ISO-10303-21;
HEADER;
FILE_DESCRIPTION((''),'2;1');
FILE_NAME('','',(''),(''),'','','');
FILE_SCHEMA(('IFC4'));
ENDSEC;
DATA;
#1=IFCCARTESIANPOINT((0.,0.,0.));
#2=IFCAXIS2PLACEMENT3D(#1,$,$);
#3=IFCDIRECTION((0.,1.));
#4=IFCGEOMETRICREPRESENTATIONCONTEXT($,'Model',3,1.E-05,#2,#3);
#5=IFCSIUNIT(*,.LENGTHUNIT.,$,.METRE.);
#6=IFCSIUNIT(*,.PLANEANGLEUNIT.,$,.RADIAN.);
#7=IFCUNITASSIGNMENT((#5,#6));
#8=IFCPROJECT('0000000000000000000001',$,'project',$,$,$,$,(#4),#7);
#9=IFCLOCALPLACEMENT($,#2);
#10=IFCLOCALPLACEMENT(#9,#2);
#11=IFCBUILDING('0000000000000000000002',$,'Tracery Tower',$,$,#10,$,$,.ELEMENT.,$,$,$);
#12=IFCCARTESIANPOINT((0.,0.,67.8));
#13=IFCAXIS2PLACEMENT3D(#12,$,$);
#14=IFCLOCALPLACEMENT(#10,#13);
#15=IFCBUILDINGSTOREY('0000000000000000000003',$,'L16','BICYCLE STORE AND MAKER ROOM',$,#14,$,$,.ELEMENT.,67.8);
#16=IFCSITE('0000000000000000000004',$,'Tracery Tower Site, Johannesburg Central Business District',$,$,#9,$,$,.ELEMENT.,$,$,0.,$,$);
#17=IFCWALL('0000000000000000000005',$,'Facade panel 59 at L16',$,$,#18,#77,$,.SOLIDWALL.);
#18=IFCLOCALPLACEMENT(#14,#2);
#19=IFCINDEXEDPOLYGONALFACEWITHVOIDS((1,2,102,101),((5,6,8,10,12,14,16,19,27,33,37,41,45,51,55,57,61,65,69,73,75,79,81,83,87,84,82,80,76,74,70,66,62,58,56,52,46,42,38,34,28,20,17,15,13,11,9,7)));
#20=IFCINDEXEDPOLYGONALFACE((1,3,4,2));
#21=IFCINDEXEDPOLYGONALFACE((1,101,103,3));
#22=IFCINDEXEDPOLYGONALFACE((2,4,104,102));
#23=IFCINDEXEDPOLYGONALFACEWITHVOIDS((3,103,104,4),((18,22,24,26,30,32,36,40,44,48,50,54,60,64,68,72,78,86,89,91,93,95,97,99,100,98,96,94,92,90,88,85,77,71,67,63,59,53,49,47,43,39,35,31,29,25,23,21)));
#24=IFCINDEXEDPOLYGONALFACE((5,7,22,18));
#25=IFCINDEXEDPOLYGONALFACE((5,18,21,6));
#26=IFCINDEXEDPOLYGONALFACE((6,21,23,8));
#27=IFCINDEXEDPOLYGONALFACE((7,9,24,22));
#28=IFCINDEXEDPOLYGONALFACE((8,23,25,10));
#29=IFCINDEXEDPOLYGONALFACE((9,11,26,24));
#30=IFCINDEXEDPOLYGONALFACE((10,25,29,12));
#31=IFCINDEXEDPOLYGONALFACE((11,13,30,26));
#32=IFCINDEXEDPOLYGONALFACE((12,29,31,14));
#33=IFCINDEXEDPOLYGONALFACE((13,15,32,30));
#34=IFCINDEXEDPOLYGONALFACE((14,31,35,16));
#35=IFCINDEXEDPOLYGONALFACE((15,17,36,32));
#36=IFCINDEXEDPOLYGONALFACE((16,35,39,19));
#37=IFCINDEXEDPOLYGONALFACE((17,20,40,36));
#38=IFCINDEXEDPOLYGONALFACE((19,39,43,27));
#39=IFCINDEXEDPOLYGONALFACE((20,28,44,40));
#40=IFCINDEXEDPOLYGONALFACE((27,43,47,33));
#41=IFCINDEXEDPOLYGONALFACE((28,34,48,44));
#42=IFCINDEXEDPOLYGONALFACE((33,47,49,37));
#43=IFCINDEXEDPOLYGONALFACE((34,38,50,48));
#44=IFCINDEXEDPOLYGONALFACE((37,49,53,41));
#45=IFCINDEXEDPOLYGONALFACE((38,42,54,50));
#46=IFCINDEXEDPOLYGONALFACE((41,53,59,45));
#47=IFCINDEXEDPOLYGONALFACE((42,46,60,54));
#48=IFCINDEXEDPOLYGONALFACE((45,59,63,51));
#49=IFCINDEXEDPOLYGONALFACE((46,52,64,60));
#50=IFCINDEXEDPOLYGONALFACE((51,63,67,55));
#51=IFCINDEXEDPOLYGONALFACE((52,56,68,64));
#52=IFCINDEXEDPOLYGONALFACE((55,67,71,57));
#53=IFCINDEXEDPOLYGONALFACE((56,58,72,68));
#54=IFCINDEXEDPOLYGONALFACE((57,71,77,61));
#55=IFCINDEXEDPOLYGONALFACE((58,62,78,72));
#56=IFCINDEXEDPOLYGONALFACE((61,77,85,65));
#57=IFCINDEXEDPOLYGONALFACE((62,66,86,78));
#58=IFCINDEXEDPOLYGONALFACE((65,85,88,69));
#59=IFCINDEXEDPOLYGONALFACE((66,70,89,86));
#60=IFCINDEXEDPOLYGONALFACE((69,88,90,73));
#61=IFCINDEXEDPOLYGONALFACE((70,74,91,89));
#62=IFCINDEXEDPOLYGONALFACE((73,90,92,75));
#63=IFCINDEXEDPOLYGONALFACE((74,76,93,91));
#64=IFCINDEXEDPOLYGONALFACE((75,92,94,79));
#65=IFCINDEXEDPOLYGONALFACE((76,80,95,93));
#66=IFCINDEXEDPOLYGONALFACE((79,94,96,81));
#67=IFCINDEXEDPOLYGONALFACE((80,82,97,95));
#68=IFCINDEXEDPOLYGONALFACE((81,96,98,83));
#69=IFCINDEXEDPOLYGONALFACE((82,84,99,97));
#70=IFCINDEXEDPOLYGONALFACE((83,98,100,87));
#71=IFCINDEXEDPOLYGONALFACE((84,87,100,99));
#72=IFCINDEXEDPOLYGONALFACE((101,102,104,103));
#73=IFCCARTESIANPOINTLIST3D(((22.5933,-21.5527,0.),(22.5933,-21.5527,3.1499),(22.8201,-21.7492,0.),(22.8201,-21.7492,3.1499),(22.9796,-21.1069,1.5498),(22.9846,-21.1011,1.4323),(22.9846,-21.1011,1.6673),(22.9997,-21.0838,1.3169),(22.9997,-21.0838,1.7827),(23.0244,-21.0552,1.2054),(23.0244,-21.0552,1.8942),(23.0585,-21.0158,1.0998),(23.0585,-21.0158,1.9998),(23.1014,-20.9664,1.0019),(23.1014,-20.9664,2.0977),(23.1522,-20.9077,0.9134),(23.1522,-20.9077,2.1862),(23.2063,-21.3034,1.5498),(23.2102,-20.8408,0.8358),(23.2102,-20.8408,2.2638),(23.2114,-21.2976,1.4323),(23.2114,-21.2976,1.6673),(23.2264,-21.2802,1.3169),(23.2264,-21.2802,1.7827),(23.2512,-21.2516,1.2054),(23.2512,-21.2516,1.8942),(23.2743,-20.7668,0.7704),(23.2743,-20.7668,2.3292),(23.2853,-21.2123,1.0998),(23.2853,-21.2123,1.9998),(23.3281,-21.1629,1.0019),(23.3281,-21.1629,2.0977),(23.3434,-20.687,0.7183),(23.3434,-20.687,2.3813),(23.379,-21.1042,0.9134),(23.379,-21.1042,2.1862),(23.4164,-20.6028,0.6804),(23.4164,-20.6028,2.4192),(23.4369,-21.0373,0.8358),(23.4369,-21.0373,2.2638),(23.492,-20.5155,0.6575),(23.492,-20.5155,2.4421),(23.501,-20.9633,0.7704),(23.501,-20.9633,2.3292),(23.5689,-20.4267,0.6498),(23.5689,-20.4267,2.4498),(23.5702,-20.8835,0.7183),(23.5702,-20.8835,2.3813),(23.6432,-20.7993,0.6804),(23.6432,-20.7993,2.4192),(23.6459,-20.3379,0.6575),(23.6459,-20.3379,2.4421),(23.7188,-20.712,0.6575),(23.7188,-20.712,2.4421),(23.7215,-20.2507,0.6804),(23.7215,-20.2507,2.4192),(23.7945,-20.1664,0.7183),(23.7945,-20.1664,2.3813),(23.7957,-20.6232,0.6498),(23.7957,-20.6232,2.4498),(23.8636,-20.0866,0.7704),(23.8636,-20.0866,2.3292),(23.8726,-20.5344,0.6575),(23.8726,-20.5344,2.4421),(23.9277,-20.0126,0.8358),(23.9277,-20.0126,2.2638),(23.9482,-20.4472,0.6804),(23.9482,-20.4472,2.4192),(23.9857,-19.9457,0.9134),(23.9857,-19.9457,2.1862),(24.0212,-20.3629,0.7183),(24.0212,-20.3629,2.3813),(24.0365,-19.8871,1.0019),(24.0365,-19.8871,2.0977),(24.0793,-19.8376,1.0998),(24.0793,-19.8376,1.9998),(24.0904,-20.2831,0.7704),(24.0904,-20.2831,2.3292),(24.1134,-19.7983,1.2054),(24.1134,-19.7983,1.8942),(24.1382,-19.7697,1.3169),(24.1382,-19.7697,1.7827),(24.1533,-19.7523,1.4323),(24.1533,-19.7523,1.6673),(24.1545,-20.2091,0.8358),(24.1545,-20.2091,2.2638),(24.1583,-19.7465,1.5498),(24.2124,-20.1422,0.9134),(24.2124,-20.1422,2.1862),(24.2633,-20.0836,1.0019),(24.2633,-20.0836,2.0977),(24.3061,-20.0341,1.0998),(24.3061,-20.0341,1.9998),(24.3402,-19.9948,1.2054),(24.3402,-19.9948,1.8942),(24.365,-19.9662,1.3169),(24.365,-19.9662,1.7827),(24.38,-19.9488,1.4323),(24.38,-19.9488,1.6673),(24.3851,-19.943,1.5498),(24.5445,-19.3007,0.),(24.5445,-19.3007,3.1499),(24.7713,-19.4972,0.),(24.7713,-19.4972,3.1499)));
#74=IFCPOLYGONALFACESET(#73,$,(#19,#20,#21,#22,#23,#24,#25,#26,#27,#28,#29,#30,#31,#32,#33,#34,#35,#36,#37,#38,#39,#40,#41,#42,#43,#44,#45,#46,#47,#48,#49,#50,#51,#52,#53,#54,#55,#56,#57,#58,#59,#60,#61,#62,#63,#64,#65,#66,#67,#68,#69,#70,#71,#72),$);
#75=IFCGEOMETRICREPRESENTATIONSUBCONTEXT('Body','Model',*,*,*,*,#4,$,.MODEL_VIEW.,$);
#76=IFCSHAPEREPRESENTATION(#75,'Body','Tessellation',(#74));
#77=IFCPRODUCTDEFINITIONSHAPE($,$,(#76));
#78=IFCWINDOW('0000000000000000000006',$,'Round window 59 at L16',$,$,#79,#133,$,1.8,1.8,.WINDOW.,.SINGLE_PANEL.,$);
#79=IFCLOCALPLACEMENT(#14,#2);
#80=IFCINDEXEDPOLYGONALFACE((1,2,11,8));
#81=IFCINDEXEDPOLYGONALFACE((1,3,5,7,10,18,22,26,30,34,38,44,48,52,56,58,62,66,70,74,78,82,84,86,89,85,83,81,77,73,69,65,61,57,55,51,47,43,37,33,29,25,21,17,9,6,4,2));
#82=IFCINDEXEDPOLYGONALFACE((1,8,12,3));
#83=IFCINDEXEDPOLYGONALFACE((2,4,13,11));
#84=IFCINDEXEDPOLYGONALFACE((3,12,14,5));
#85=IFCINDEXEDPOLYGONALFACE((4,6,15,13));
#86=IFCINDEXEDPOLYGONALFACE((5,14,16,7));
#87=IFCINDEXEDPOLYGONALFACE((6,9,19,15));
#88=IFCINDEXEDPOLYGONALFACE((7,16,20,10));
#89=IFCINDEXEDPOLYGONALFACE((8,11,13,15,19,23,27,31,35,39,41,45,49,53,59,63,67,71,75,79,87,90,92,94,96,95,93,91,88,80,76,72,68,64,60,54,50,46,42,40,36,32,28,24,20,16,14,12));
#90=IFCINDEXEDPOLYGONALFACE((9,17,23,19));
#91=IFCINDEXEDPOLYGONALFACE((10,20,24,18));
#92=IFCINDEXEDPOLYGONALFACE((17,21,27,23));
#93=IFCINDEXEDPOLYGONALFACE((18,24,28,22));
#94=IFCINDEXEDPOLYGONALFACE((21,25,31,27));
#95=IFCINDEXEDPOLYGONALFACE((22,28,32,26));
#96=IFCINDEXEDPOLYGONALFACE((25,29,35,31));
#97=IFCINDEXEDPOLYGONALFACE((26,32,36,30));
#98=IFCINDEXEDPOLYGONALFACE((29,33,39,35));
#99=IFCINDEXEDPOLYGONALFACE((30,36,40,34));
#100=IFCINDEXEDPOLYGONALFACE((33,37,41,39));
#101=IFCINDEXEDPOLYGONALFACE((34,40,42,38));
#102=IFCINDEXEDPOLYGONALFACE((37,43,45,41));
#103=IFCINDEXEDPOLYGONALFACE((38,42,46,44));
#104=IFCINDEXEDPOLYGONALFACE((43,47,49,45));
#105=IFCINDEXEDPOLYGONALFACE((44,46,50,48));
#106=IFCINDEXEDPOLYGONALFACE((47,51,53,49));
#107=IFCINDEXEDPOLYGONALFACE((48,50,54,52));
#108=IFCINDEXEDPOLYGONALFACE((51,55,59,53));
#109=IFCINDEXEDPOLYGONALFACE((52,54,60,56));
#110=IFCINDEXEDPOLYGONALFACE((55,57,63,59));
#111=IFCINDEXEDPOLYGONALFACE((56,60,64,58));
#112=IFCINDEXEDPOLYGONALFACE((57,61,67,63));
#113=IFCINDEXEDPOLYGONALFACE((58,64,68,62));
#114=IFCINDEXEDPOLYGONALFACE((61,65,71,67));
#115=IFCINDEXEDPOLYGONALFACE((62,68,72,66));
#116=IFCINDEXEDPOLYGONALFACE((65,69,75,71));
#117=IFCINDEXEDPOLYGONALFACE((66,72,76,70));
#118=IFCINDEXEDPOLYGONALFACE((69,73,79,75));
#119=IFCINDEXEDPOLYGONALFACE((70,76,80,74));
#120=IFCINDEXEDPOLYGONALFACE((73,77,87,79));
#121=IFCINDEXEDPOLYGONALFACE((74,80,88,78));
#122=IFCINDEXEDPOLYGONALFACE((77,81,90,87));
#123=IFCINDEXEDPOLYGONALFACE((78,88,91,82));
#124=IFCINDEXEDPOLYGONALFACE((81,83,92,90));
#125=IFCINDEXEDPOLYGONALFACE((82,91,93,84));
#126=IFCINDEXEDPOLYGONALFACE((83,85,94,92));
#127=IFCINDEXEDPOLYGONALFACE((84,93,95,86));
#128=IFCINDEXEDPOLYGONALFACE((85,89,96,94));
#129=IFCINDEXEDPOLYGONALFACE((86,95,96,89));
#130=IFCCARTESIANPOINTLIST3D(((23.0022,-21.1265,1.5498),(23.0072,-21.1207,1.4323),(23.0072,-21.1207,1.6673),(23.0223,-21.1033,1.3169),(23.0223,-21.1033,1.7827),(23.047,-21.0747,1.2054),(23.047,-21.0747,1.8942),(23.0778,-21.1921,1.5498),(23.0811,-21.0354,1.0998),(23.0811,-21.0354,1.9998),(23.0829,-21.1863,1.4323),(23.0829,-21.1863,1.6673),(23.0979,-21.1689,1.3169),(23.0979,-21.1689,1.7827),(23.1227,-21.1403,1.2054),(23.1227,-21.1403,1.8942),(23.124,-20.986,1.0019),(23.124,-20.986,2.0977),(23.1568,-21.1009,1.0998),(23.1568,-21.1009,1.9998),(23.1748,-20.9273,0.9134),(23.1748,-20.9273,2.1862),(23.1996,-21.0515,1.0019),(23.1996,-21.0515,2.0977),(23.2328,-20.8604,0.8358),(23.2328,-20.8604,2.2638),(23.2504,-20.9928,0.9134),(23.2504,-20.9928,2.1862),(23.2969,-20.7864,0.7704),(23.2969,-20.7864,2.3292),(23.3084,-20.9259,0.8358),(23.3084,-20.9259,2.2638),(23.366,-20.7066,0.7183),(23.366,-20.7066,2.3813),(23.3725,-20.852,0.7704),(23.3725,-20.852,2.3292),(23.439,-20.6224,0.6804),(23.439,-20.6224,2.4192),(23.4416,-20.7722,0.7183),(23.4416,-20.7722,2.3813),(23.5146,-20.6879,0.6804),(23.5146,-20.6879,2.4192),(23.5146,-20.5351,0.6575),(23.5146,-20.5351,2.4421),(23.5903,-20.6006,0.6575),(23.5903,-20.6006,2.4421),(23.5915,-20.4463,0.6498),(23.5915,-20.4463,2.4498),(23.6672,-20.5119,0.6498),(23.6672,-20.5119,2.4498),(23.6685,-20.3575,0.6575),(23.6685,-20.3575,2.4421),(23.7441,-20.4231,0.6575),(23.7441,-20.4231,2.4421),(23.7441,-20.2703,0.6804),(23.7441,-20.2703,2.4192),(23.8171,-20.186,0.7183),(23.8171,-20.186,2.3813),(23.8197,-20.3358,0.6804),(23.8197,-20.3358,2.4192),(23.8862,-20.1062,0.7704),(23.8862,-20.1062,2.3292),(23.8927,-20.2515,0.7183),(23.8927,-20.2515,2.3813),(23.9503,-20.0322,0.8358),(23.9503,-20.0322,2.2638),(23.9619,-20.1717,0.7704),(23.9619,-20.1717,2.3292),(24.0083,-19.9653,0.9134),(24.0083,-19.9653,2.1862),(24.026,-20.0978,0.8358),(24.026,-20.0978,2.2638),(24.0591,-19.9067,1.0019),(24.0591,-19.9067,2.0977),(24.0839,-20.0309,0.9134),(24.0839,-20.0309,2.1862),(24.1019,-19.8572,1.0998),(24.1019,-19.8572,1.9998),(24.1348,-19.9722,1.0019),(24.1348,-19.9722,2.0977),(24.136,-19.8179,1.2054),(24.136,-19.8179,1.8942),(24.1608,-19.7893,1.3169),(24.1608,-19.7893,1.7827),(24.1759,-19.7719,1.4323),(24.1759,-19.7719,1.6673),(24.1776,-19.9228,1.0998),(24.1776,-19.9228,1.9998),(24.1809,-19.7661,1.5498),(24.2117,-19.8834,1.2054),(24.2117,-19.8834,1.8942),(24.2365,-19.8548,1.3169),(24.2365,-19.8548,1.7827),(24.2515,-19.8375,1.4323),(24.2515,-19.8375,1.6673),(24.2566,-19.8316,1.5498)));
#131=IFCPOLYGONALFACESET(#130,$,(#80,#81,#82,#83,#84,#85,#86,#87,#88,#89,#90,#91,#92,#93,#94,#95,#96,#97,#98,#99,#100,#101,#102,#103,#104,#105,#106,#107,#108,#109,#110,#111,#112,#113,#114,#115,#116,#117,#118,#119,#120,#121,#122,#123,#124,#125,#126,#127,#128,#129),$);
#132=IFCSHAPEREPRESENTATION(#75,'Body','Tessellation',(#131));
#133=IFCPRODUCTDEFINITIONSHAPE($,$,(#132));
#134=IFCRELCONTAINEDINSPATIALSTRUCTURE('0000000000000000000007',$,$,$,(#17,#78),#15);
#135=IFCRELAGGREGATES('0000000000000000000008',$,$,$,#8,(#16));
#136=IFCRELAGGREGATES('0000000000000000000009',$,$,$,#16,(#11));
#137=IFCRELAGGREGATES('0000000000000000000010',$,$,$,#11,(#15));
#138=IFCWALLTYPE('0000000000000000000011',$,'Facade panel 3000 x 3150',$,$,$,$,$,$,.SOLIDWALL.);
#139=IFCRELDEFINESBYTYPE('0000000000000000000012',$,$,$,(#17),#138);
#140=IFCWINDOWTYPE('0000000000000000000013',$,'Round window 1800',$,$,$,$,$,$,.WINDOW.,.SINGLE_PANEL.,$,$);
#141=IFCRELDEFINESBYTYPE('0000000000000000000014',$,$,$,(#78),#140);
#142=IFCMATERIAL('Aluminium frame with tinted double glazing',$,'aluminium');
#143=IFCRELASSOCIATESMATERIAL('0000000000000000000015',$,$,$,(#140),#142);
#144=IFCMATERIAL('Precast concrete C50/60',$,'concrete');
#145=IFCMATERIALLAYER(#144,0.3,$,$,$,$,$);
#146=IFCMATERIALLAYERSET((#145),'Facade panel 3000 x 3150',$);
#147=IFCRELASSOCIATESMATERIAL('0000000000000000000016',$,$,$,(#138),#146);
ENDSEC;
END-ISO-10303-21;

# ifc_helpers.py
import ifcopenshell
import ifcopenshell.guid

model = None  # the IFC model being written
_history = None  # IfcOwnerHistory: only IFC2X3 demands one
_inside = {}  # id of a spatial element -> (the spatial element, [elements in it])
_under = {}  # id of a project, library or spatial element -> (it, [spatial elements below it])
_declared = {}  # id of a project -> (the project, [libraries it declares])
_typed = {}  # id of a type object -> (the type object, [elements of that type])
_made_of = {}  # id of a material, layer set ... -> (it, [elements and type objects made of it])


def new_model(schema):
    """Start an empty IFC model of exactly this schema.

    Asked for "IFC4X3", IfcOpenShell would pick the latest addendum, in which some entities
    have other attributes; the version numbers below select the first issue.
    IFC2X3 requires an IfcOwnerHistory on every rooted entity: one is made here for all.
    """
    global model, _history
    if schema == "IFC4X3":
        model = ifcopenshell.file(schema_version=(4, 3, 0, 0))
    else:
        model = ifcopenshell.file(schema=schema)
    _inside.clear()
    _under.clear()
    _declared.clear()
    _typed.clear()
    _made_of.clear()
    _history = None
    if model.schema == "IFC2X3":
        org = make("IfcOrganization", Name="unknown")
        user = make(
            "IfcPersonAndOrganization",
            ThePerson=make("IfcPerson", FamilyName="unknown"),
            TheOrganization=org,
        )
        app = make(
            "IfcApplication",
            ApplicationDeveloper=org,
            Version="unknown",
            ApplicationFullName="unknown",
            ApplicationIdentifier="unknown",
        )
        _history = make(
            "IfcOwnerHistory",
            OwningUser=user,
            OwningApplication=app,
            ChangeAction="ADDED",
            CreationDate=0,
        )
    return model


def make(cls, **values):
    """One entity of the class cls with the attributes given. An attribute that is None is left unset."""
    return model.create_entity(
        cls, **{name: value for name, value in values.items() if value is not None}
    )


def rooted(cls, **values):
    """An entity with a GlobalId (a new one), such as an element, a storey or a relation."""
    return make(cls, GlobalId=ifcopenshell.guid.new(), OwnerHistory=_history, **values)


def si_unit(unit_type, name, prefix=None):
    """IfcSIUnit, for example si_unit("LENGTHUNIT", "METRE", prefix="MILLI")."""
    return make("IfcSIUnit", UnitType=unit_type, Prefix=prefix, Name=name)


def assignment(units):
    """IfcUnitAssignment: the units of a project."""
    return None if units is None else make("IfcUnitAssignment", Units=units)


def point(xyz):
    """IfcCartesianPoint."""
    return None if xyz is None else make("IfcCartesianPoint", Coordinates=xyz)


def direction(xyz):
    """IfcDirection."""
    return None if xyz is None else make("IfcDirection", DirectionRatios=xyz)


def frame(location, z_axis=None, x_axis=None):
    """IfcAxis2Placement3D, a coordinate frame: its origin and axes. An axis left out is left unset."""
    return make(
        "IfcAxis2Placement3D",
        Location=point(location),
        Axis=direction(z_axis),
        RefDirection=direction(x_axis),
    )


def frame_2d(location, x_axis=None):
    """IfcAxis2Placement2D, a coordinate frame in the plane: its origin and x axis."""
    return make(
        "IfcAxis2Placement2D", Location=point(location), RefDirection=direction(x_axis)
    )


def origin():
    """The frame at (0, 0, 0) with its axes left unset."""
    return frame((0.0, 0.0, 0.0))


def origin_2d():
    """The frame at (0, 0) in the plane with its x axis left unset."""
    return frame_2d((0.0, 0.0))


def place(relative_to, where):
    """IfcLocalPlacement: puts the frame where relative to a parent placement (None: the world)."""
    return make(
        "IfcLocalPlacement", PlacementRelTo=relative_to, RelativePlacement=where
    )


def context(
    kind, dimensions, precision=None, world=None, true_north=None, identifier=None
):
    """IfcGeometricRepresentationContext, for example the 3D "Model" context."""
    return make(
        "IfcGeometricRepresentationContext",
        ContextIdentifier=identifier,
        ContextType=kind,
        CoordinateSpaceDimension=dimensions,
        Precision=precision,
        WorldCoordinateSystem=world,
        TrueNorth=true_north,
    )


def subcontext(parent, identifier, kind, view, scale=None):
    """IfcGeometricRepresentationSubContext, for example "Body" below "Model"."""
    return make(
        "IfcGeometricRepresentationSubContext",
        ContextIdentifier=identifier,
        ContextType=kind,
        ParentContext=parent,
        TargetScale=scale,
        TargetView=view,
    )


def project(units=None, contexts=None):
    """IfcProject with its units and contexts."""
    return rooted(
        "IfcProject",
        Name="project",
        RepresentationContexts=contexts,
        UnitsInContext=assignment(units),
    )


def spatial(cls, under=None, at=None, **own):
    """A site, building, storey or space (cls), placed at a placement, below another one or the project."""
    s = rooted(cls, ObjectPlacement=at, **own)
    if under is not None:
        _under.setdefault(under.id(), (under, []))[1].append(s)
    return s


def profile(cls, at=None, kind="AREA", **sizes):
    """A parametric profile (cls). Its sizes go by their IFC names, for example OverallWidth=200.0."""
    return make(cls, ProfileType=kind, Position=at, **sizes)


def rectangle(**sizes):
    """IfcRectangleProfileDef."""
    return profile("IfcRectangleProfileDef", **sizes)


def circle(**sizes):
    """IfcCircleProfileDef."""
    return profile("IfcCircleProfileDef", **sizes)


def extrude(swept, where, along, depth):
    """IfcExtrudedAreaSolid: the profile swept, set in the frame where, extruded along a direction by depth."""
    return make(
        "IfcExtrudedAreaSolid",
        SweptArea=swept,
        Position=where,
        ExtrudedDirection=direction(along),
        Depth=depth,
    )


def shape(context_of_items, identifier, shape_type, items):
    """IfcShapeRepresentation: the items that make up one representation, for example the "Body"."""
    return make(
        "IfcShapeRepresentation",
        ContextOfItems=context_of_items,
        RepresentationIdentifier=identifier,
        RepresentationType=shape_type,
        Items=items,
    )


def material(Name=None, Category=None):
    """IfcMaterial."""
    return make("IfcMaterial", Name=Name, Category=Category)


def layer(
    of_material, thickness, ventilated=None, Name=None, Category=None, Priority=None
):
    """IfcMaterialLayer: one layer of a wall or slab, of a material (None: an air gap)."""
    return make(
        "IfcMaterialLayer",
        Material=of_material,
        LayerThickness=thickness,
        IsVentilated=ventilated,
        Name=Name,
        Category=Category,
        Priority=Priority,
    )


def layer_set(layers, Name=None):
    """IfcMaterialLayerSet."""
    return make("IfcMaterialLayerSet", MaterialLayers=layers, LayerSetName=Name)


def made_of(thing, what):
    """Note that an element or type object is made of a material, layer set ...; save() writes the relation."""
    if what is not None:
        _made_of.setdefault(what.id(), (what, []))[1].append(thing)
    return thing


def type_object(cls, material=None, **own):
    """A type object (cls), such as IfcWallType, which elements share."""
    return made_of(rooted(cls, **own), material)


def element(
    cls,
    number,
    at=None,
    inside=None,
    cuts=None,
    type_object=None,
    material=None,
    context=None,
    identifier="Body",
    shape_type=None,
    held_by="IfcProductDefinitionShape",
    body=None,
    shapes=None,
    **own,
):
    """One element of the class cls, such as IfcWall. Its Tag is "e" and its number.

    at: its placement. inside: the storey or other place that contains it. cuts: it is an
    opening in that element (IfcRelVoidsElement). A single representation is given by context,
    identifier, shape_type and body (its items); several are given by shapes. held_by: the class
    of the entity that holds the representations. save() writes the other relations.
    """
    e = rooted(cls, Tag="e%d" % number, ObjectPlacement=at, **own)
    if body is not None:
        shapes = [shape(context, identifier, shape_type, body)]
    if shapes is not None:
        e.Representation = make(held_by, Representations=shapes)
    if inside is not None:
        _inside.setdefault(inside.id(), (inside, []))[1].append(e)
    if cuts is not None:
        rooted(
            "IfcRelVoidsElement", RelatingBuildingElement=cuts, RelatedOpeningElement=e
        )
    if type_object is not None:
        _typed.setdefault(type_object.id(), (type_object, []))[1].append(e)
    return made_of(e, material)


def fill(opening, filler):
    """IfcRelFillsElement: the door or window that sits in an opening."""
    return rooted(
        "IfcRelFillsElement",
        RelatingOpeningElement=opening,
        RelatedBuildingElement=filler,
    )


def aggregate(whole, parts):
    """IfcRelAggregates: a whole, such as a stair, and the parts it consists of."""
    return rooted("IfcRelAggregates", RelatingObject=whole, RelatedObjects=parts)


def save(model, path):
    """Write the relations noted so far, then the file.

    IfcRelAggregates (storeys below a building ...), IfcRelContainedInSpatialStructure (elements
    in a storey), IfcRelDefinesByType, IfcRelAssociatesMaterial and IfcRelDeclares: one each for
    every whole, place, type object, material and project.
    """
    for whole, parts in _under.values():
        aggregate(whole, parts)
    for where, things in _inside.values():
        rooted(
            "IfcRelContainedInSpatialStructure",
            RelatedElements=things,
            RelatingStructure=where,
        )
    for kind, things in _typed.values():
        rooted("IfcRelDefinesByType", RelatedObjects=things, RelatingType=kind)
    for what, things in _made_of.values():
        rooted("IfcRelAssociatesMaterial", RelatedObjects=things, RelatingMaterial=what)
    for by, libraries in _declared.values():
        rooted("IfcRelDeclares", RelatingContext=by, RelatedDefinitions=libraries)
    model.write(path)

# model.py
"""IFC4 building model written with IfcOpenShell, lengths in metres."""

from ifc_helpers import new_model, si_unit, direction, frame, frame_2d, origin, origin_2d, place, context, subcontext, project, spatial, rectangle, circle, extrude, material, layer, layer_set, type_object, element, fill, save


model = new_model("IFC4")

# Units and contexts
model_context = context("Model", 3, precision=1e-05, world=origin(), true_north=direction((0.0, 1.0)))
body_context = subcontext(model_context, "Body", "Model", "MODEL_VIEW")
ifc_project = project(units=[si_unit("LENGTHUNIT", "METRE"), si_unit("PLANEANGLEUNIT", "RADIAN")], contexts=[model_context])

# Site, building, storey
site_placement = place(None, origin())
site = spatial("IfcSite", under=ifc_project, at=site_placement, Name="Tracery Tower Site, Johannesburg Central Business District", CompositionType="ELEMENT", RefElevation=0.0)
building_placement = place(site_placement, origin())
building = spatial("IfcBuilding", under=site, at=building_placement, Name="Tracery Tower", CompositionType="ELEMENT")
storey_placement = place(building_placement, frame((0.0, 0.0, 67.8)))
storey = spatial("IfcBuildingStorey", under=building, at=storey_placement, Name="L16", Description="BICYCLE STORE AND MAKER ROOM", CompositionType="ELEMENT", Elevation=67.8)

# Wall, opening, window
ifc_material_1 = material(Name="Aluminium frame with tinted double glazing", Category="aluminium")
window_type = type_object("IfcWindowType", Name="Round window 1800", PartitioningType="SINGLE_PANEL", PredefinedType="WINDOW", material=ifc_material_1)
ifc_material_2 = material(Name="Precast concrete C50/60", Category="concrete")
ifc_layer_1 = layer(ifc_material_2, 0.3)
ifc_layer_set_1 = layer_set([ifc_layer_1], Name="Facade panel 3000 x 3150")
wall_type_1 = type_object("IfcWallType", Name="Facade panel 3000 x 3150", PredefinedType="SOLIDWALL", material=ifc_layer_set_1)
wall_1_placement = place(storey_placement, frame((22.7068, -21.6509, 0.0), z_axis=(0.0, 0.0, 1.0), x_axis=(0.654831, 0.755776, 0.0)))
wall_1 = element("IfcWall", 1, at=wall_1_placement, inside=storey, type_object=wall_type_1, Name="Facade panel 59 at L16", PredefinedType="SOLIDWALL", context=body_context, shape_type="SweptSolid", body=[
    extrude(rectangle(XDim=2.9797, YDim=0.3, at=frame_2d((1.4897, 0.0))), origin(), (0.0, 0.0, 1.0), 3.1499),
])
opening_1_placement = place(wall_1_placement, frame((1.4897, 0.0, 1.5498)))
opening_1 = element("IfcOpeningElement", 2, at=opening_1_placement, cuts=wall_1, PredefinedType="OPENING", context=body_context, shape_type="SweptSolid", body=[
    extrude(circle(Radius=0.9, at=origin_2d()), frame((0.0, 0.1599, 0.0), z_axis=(0.0, -1.0, 0.0), x_axis=(1.0, 0.0, 0.0)), (0.0, 0.0, 1.0), 0.3201),
])
window_1_placement = place(opening_1_placement, origin())
window_1 = element("IfcWindow", 3, at=window_1_placement, inside=storey, type_object=window_type, Name="Round window 59 at L16", OverallHeight=1.8, OverallWidth=1.8, PartitioningType="SINGLE_PANEL", PredefinedType="WINDOW", context=body_context, shape_type="SweptSolid", body=[
    extrude(circle(Radius=0.9, at=origin_2d()), frame((0.0, 0.1201, 0.0), z_axis=(0.0, -1.0, 0.0), x_axis=(1.0, 0.0, 0.0)), (0.0, 0.0, 1.0), 0.1001),
])
fill(opening_1, window_1)

save(model, "model.ifc")
